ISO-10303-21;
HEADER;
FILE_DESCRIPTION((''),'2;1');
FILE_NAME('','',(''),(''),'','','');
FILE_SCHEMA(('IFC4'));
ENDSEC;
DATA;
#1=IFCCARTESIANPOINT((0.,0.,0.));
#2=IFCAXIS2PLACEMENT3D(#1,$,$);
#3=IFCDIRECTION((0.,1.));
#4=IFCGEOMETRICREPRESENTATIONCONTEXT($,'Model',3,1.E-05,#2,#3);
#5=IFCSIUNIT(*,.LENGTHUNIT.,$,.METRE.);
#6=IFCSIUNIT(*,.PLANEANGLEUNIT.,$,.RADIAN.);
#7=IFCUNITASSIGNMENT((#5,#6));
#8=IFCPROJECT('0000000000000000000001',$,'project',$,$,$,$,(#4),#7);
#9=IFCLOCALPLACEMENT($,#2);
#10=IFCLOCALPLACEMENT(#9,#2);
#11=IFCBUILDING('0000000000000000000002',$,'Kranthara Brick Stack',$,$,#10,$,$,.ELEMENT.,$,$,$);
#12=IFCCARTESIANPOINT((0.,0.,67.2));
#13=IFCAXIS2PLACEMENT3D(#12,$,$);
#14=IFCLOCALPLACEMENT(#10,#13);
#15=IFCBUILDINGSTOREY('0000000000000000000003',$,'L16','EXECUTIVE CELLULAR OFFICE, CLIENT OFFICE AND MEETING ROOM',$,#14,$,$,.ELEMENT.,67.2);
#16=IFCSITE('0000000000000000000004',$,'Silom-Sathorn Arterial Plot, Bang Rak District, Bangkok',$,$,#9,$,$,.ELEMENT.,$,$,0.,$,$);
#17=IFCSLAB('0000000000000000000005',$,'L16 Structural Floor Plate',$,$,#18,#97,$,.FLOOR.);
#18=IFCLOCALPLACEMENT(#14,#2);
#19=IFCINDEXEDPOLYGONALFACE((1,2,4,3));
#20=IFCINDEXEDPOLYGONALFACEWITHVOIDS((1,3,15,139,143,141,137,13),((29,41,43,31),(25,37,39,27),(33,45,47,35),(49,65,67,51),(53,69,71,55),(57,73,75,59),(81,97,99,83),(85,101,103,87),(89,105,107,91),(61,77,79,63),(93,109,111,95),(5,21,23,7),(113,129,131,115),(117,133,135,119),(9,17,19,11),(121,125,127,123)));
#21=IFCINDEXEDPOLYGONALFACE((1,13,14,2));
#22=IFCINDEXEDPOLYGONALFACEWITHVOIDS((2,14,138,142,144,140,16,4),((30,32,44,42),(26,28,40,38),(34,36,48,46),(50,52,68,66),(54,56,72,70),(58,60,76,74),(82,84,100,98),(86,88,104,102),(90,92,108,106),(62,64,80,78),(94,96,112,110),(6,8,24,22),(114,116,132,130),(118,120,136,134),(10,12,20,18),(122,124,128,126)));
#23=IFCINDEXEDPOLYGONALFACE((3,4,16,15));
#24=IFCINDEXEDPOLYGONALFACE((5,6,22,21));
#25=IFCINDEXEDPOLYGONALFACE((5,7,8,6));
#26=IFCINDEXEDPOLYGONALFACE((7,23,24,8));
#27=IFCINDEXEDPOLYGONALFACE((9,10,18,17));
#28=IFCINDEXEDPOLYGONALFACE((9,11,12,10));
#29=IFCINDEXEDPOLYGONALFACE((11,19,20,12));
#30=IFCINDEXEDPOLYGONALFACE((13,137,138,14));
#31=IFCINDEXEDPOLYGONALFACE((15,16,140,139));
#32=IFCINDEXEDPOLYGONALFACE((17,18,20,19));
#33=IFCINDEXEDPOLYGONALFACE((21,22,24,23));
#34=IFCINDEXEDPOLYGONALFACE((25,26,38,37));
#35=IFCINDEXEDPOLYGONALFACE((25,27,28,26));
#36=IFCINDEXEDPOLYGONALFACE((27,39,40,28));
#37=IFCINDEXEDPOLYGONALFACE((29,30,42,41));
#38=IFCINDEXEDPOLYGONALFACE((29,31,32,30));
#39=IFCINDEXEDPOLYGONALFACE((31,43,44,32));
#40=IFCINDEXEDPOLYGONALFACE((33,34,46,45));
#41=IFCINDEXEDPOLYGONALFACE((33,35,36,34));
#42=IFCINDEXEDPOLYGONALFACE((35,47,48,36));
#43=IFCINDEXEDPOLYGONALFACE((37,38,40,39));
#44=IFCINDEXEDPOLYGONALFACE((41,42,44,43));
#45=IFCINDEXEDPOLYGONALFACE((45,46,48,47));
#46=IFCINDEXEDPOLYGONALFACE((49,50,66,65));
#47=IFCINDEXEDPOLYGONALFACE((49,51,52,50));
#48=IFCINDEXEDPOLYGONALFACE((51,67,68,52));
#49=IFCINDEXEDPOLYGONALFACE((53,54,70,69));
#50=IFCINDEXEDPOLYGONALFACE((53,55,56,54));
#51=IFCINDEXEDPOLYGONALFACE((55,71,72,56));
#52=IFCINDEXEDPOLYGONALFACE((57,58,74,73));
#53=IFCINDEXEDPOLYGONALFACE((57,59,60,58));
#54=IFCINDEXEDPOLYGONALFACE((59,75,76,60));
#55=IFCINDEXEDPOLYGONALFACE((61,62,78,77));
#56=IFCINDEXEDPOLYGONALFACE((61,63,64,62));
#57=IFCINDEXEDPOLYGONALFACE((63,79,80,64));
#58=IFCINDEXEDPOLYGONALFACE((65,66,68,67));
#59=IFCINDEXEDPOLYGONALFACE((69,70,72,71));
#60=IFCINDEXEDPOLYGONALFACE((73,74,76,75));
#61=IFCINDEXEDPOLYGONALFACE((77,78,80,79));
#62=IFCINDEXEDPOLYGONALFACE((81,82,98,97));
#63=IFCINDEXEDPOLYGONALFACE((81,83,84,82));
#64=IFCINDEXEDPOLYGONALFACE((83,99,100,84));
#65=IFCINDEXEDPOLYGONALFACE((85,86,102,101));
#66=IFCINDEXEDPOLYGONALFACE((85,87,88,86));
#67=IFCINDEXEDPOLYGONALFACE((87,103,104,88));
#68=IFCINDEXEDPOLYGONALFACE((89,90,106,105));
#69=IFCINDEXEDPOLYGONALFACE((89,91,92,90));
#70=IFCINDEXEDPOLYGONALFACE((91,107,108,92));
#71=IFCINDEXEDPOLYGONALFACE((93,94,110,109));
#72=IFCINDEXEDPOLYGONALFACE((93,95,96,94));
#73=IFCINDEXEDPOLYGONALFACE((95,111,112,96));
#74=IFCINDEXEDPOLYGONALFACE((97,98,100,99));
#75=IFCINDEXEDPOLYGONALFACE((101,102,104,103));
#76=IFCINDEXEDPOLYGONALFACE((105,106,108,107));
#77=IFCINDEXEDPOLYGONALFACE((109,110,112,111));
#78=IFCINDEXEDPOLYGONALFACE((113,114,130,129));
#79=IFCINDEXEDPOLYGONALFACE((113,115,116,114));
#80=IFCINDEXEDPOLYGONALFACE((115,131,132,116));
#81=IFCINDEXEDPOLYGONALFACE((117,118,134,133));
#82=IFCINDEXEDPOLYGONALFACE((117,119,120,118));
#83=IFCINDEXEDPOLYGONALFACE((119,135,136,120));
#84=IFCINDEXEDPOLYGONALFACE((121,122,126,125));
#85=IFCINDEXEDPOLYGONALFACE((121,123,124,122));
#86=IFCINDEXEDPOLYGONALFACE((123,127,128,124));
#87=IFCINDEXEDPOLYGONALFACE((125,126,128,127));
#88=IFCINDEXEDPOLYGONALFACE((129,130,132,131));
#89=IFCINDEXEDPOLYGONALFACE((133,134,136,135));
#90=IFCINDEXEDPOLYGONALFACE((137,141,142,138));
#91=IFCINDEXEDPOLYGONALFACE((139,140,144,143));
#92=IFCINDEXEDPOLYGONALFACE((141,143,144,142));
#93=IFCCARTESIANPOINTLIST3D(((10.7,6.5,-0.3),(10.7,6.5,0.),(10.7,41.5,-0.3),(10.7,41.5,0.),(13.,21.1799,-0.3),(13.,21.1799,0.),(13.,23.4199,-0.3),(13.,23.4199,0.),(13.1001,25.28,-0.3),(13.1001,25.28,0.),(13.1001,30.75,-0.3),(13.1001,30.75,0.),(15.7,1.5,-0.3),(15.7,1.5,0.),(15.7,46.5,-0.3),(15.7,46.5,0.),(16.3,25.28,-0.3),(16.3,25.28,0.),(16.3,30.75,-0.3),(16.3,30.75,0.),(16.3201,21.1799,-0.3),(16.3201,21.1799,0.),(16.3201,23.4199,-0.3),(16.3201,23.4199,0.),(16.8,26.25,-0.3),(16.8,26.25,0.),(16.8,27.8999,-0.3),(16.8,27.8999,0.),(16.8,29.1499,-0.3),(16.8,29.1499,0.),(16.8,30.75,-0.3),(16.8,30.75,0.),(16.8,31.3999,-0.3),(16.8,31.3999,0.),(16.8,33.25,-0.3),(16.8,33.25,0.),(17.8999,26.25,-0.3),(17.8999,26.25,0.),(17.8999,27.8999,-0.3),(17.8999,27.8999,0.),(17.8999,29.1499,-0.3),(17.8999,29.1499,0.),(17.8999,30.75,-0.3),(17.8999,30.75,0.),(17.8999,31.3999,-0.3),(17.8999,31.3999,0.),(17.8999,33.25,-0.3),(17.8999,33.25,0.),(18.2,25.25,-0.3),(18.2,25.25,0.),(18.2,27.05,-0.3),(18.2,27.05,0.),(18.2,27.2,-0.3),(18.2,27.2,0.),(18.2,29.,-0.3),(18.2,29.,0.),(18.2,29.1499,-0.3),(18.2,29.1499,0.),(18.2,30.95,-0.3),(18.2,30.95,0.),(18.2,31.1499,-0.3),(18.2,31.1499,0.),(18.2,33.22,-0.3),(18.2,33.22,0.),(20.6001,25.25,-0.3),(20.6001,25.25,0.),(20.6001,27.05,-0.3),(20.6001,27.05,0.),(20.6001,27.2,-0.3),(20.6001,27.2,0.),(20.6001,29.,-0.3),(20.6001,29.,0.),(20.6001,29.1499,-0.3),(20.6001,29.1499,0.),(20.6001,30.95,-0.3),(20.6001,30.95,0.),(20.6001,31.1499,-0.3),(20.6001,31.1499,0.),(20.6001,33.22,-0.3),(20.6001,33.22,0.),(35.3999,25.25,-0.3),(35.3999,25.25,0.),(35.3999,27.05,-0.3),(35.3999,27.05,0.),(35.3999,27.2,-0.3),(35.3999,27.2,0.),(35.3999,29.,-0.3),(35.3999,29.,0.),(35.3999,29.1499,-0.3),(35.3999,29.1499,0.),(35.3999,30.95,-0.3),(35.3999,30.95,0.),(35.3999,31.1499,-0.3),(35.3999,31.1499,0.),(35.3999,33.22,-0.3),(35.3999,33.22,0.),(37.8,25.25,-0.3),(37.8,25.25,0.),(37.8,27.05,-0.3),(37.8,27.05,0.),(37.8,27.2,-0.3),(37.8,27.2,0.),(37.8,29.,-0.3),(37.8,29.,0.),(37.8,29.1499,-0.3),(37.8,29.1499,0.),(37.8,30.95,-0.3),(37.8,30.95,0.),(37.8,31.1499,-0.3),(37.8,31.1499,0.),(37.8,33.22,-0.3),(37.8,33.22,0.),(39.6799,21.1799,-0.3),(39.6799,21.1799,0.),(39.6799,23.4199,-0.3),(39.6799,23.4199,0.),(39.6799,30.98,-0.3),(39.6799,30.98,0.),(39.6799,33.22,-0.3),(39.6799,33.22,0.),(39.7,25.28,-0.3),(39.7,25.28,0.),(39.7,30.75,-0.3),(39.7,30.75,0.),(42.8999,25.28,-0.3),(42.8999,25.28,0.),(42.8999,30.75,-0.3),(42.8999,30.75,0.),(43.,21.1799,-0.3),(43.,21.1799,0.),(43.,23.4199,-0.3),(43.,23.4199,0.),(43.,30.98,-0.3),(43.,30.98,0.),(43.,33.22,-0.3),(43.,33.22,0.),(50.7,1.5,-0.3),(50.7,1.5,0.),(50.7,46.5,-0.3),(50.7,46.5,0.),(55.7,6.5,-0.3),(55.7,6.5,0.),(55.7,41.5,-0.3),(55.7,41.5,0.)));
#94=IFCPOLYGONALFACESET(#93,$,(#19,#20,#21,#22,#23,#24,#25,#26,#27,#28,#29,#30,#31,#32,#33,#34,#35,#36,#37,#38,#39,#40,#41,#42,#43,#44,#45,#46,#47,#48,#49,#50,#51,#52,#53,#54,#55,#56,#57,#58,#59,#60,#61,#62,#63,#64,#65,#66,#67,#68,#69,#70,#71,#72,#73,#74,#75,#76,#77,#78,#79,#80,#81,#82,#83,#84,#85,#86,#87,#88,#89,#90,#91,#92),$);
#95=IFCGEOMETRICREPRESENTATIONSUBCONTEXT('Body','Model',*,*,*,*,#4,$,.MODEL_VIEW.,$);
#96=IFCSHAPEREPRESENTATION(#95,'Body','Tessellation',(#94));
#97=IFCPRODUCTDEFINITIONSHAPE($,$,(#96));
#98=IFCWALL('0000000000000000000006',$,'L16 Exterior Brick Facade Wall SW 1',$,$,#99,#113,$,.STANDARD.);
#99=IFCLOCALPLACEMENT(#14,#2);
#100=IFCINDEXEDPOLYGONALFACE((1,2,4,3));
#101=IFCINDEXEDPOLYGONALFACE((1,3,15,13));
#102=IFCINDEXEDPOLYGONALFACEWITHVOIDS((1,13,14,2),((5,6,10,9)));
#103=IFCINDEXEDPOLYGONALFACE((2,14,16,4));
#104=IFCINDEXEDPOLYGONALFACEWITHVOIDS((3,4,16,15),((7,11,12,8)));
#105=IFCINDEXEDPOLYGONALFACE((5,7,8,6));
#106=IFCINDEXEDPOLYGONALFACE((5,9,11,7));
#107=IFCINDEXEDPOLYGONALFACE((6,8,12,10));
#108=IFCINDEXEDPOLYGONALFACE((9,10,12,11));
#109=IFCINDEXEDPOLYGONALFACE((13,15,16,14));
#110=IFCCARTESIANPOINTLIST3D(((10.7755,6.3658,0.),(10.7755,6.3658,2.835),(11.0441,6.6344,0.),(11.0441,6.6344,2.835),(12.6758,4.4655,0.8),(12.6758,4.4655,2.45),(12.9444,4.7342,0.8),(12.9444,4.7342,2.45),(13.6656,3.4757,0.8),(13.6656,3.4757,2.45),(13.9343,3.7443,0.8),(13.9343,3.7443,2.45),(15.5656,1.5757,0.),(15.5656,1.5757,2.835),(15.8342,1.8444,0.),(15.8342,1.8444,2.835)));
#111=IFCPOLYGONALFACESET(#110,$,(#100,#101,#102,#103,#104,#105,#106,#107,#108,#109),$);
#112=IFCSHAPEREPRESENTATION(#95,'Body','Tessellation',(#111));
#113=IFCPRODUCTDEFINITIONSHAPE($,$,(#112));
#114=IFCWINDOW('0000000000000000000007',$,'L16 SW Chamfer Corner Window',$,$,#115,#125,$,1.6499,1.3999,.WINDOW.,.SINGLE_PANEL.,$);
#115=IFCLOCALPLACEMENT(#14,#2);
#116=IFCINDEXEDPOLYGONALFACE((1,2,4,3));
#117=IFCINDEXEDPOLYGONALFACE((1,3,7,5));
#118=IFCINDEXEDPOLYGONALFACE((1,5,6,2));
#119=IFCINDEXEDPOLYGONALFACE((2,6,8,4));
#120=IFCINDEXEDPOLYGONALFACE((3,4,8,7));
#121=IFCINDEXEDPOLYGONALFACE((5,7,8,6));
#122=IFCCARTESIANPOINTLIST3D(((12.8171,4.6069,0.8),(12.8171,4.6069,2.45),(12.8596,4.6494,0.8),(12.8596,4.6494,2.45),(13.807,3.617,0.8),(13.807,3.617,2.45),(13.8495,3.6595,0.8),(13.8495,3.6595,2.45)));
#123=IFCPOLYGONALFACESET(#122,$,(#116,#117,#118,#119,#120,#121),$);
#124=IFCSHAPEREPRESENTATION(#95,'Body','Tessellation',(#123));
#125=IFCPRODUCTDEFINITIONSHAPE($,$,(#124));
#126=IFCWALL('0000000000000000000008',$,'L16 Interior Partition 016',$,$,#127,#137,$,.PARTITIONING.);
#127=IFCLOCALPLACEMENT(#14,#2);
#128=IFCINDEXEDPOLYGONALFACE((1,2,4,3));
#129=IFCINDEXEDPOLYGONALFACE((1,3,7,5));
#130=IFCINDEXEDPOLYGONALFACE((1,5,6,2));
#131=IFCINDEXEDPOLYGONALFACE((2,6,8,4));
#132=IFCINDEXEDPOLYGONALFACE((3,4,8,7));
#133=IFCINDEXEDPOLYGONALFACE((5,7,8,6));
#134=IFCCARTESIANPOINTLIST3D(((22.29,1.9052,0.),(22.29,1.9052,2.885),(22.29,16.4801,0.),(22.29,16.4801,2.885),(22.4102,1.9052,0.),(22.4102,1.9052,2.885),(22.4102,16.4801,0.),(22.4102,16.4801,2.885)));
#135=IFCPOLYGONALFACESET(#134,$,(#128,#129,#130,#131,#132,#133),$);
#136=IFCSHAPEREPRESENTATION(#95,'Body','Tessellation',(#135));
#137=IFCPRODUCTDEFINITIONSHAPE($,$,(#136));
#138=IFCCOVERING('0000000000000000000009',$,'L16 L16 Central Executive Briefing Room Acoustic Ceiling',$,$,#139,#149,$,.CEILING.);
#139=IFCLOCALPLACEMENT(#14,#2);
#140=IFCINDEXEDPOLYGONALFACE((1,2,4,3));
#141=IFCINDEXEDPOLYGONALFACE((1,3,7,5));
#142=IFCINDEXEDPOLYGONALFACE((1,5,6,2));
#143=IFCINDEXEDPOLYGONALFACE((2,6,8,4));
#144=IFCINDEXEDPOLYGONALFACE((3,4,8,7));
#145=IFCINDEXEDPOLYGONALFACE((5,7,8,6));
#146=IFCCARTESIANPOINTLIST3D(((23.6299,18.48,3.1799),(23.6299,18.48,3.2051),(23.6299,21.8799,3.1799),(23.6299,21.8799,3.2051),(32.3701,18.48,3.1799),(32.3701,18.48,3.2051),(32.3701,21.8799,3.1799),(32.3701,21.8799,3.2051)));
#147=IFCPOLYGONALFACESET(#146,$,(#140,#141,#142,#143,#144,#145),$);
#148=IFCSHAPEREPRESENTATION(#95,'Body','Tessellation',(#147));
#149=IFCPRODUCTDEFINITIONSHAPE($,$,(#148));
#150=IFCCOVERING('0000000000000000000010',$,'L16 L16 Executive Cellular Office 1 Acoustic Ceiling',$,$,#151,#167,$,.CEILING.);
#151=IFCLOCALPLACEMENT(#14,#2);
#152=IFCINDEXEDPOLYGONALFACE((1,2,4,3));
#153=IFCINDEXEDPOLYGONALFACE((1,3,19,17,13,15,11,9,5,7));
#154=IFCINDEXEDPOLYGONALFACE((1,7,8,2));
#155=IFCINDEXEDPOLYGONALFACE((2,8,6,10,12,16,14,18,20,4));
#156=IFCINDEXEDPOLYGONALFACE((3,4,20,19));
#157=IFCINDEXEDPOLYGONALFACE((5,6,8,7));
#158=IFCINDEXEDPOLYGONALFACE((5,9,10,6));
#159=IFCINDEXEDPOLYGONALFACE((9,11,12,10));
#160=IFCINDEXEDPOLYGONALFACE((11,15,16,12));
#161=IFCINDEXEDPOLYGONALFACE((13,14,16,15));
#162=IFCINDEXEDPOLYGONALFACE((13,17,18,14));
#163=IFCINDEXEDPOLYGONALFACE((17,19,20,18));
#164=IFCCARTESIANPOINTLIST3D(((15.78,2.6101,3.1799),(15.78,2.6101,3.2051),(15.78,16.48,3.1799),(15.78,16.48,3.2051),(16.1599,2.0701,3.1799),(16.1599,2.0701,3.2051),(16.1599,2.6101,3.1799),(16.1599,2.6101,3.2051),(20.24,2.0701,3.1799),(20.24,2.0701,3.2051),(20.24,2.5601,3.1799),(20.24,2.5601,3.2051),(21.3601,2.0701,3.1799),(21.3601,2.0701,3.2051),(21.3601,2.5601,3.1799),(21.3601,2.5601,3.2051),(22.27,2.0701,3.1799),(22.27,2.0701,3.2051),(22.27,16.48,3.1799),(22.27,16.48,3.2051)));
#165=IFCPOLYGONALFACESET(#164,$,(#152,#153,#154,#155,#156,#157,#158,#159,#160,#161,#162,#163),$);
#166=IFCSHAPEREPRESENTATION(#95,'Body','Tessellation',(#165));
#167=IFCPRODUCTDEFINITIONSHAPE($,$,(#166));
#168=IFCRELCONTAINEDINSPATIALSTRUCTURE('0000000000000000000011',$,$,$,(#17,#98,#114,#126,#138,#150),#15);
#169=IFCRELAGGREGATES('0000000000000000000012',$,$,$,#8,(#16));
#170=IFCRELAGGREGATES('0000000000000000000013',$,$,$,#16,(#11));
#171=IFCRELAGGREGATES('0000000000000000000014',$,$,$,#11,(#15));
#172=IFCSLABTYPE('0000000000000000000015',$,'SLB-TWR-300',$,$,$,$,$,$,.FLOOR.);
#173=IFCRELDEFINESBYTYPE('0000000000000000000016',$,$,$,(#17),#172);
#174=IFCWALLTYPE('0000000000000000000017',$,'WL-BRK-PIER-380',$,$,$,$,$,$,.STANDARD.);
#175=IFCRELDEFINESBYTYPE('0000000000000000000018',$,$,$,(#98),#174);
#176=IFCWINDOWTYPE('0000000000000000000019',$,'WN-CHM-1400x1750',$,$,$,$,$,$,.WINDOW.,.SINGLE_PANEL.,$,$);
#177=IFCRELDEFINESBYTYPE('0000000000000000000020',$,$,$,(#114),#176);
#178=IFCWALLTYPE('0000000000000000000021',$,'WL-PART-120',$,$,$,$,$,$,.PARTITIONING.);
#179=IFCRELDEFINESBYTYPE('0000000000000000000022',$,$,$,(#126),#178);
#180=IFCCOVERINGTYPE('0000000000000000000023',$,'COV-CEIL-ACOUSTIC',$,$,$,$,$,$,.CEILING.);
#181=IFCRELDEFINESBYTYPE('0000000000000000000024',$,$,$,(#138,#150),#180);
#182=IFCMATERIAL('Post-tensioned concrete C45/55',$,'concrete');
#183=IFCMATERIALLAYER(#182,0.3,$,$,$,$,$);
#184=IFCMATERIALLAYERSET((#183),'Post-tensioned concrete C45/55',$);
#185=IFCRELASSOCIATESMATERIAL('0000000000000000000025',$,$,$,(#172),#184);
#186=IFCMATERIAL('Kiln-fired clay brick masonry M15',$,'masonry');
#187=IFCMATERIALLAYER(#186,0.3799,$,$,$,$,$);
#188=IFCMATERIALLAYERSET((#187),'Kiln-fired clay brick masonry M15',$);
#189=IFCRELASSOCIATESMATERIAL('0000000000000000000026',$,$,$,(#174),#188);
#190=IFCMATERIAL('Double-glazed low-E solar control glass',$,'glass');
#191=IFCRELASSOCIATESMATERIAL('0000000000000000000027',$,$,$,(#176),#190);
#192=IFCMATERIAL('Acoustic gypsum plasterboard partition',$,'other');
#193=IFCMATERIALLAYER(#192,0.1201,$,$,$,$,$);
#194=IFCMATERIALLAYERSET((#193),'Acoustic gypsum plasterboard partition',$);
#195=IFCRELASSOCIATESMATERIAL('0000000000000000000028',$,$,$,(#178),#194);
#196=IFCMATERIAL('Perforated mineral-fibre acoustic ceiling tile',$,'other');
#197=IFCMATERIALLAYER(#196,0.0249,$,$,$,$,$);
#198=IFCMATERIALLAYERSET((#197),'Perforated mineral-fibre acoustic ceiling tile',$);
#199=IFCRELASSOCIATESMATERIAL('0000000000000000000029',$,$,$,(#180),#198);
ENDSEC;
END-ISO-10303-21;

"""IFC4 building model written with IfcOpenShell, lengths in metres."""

from ifc_helpers import new_model, si_unit, direction, frame, frame_2d, origin, place, context, subcontext, project, spatial, polyline, rectangle, outline, extrude, material, layer, layer_set, type_object, element, fill, save


model = new_model("IFC4")

# Units and contexts
model_context = context("Model", 3, precision=1e-05, world=origin(), true_north=direction((0.0, 1.0)))
body_context = subcontext(model_context, "Body", "Model", "MODEL_VIEW")
ifc_project = project(units=[si_unit("LENGTHUNIT", "METRE"), si_unit("PLANEANGLEUNIT", "RADIAN")], contexts=[model_context])

# Site, building, storey
site_placement = place(None, origin())
site = spatial("IfcSite", under=ifc_project, at=site_placement, Name="Silom-Sathorn Arterial Plot, Bang Rak District, Bangkok", CompositionType="ELEMENT", RefElevation=0.0)
building_placement = place(site_placement, origin())
building = spatial("IfcBuilding", under=site, at=building_placement, Name="Kranthara Brick Stack", CompositionType="ELEMENT")
storey_placement = place(building_placement, frame((0.0, 0.0, 67.2)))
storey = spatial("IfcBuildingStorey", under=building, at=storey_placement, Name="L16", Description="EXECUTIVE CELLULAR OFFICE, CLIENT OFFICE AND MEETING ROOM", CompositionType="ELEMENT", Elevation=67.2)

# Slab
ifc_material_1 = material(Name="Post-tensioned concrete C45/55", Category="concrete")
ifc_layer_1 = layer(ifc_material_1, 0.3)
ifc_layer_set_1 = layer_set([ifc_layer_1], Name="Post-tensioned concrete C45/55")
slab_type_1 = type_object("IfcSlabType", Name="SLB-TWR-300", PredefinedType="FLOOR", material=ifc_layer_set_1)
slab_1_placement = place(storey_placement, frame((0.0, 0.0, -0.3)))
element("IfcSlab", 1, at=slab_1_placement, inside=storey, type_object=slab_type_1, Name="L16 Structural Floor Plate", PredefinedType="FLOOR", context=body_context, shape_type="SweptSolid", body=[
    extrude(outline(polyline([(15.7, 1.5), (50.7, 1.5), (55.7, 6.5), (55.7, 41.5), (50.7, 46.5), (15.7, 46.5), (10.7, 41.5), (10.7, 6.5), (15.7, 1.5)]), holes=[polyline([(13.1001, 25.28), (16.3, 25.28), (16.3, 30.75), (13.1001, 30.75), (13.1001, 25.28)]), polyline([(39.7, 25.28), (42.8999, 25.28), (42.8999, 30.75), (39.7, 30.75), (39.7, 25.28)]), polyline([(13.0, 21.1799), (16.3201, 21.1799), (16.3201, 23.4199), (13.0, 23.4199), (13.0, 21.1799)]), polyline([(39.6799, 21.1799), (43.0, 21.1799), (43.0, 23.4199), (39.6799, 23.4199), (39.6799, 21.1799)]), polyline([(39.6799, 30.98), (43.0, 30.98), (43.0, 33.22), (39.6799, 33.22), (39.6799, 30.98)]), polyline([(18.2, 25.25), (20.6001, 25.25), (20.6001, 27.05), (18.2, 27.05), (18.2, 25.25)]), polyline([(18.2, 27.2), (20.6001, 27.2), (20.6001, 29.0), (18.2, 29.0), (18.2, 27.2)]), polyline([(18.2, 29.1499), (20.6001, 29.1499), (20.6001, 30.95), (18.2, 30.95), (18.2, 29.1499)]), polyline([(35.3999, 25.25), (37.8, 25.25), (37.8, 27.05), (35.3999, 27.05), (35.3999, 25.25)]), polyline([(35.3999, 27.2), (37.8, 27.2), (37.8, 29.0), (35.3999, 29.0), (35.3999, 27.2)]), polyline([(35.3999, 29.1499), (37.8, 29.1499), (37.8, 30.95), (35.3999, 30.95), (35.3999, 29.1499)]), polyline([(18.2, 31.1499), (20.6001, 31.1499), (20.6001, 33.22), (18.2, 33.22), (18.2, 31.1499)]), polyline([(35.3999, 31.1499), (37.8, 31.1499), (37.8, 33.22), (35.3999, 33.22), (35.3999, 31.1499)]), polyline([(16.8, 26.25), (17.8999, 26.25), (17.8999, 27.8999), (16.8, 27.8999), (16.8, 26.25)]), polyline([(16.8, 29.1499), (17.8999, 29.1499), (17.8999, 30.75), (16.8, 30.75), (16.8, 29.1499)]), polyline([(16.8, 31.3999), (17.8999, 31.3999), (17.8999, 33.25), (16.8, 33.25), (16.8, 31.3999)])]), origin(), (0.0, 0.0, 1.0), 0.3),
])

# Wall, opening, window
ifc_material_2 = material(Name="Kiln-fired clay brick masonry M15", Category="masonry")
ifc_layer_2 = layer(ifc_material_2, 0.3799)
ifc_layer_set_2 = layer_set([ifc_layer_2], Name="Kiln-fired clay brick masonry M15")
wall_type_1 = type_object("IfcWallType", Name="WL-BRK-PIER-380", PredefinedType="STANDARD", material=ifc_layer_set_2)
wall_1_placement = place(storey_placement, frame((15.7, 1.71, 0.0), z_axis=(0.0, 0.0, 1.0), x_axis=(-0.707107, 0.707107, 0.0)))
wall_1 = element("IfcWall", 2, at=wall_1_placement, inside=storey, type_object=wall_type_1, Name="L16 Exterior Brick Facade Wall SW 1", PredefinedType="STANDARD", context=body_context, shape_type="SweptSolid", body=[
    extrude(rectangle(XDim=6.7742, YDim=0.3799, at=frame_2d((3.3872, 0.0))), origin(), (0.0, 0.0, 1.0), 2.835),
])
opening_placement = place(wall_1_placement, frame((2.687, 0.0, 0.8)))
opening = element("IfcOpeningElement", 3, at=opening_placement, cuts=wall_1, PredefinedType="OPENING", context=body_context, shape_type="SweptSolid", body=[
    extrude(rectangle(XDim=1.3999, YDim=1.6499, at=frame_2d((0.7, 0.825))), frame((0.0, 0.2, 0.0), z_axis=(0.0, -1.0, 0.0), x_axis=(1.0, 0.0, 0.0)), (0.0, 0.0, 1.0), 0.3999),
])
ifc_material_3 = material(Name="Double-glazed low-E solar control glass", Category="glass")
window_type = type_object("IfcWindowType", Name="WN-CHM-1400x1750", PartitioningType="SINGLE_PANEL", PredefinedType="WINDOW", material=ifc_material_3)
window_placement = place(opening_placement, origin())
window = element("IfcWindow", 4, at=window_placement, inside=storey, type_object=window_type, Name="L16 SW Chamfer Corner Window", OverallHeight=1.6499, OverallWidth=1.3999, PartitioningType="SINGLE_PANEL", PredefinedType="WINDOW", context=body_context, shape_type="SweptSolid", body=[
    extrude(rectangle(XDim=1.3999, YDim=1.6499, at=frame_2d((0.7, 0.825))), frame((0.0, -0.01, 0.0), z_axis=(0.0, -1.0, 0.0), x_axis=(1.0, 0.0, 0.0)), (0.0, 0.0, 1.0), 0.0601),
])
fill(opening, window)

# Wall
ifc_material_4 = material(Name="Acoustic gypsum plasterboard partition", Category="other")
ifc_layer_3 = layer(ifc_material_4, 0.1201)
ifc_layer_set_3 = layer_set([ifc_layer_3], Name="Acoustic gypsum plasterboard partition")
wall_type_2 = type_object("IfcWallType", Name="WL-PART-120", PredefinedType="PARTITIONING", material=ifc_layer_set_3)
wall_2_placement = place(storey_placement, frame((22.3501, 1.905, 0.0), z_axis=(0.0, 0.0, 1.0), x_axis=(0.0, 1.0, 0.0)))
element("IfcWall", 5, at=wall_2_placement, inside=storey, type_object=wall_type_2, Name="L16 Interior Partition 016", PredefinedType="PARTITIONING", context=body_context, shape_type="SweptSolid", body=[
    extrude(rectangle(XDim=14.575, YDim=0.1201, at=frame_2d((7.2876, 0.0))), origin(), (0.0, 0.0, 1.0), 2.885),
])

# Coverings
ifc_material_5 = material(Name="Perforated mineral-fibre acoustic ceiling tile", Category="other")
ifc_layer_4 = layer(ifc_material_5, 0.0249)
ifc_layer_set_4 = layer_set([ifc_layer_4], Name="Perforated mineral-fibre acoustic ceiling tile")
covering_type_1 = type_object("IfcCoveringType", Name="COV-CEIL-ACOUSTIC", PredefinedType="CEILING", material=ifc_layer_set_4)
covering_1_placement = place(storey_placement, frame((0.0, 0.0, 3.1799)))
element("IfcCovering", 6, at=covering_1_placement, inside=storey, type_object=covering_type_1, Name="L16 L16 Central Executive Briefing Room Acoustic Ceiling", PredefinedType="CEILING", context=body_context, shape_type="SweptSolid", body=[
    extrude(outline(polyline([(32.3701, 18.48), (32.3701, 21.8799), (23.6299, 21.8799), (23.6299, 18.48), (32.3701, 18.48)])), origin(), (0.0, 0.0, 1.0), 0.0251),
])
covering_2_placement = place(storey_placement, frame((0.0, 0.0, 3.1799)))
element("IfcCovering", 7, at=covering_2_placement, inside=storey, type_object=covering_type_1, Name="L16 L16 Executive Cellular Office 1 Acoustic Ceiling", PredefinedType="CEILING", context=body_context, shape_type="SweptSolid", body=[
    extrude(outline(polyline([(22.27, 16.48), (22.27, 2.0701), (21.3601, 2.0701), (21.3601, 2.5601), (20.24, 2.5601), (20.24, 2.0701), (16.1599, 2.0701), (16.1599, 2.6101), (15.78, 2.6101), (15.78, 16.48), (22.27, 16.48)])), origin(), (0.0, 0.0, 1.0), 0.0251),
])

save(model, "model.ifc")
